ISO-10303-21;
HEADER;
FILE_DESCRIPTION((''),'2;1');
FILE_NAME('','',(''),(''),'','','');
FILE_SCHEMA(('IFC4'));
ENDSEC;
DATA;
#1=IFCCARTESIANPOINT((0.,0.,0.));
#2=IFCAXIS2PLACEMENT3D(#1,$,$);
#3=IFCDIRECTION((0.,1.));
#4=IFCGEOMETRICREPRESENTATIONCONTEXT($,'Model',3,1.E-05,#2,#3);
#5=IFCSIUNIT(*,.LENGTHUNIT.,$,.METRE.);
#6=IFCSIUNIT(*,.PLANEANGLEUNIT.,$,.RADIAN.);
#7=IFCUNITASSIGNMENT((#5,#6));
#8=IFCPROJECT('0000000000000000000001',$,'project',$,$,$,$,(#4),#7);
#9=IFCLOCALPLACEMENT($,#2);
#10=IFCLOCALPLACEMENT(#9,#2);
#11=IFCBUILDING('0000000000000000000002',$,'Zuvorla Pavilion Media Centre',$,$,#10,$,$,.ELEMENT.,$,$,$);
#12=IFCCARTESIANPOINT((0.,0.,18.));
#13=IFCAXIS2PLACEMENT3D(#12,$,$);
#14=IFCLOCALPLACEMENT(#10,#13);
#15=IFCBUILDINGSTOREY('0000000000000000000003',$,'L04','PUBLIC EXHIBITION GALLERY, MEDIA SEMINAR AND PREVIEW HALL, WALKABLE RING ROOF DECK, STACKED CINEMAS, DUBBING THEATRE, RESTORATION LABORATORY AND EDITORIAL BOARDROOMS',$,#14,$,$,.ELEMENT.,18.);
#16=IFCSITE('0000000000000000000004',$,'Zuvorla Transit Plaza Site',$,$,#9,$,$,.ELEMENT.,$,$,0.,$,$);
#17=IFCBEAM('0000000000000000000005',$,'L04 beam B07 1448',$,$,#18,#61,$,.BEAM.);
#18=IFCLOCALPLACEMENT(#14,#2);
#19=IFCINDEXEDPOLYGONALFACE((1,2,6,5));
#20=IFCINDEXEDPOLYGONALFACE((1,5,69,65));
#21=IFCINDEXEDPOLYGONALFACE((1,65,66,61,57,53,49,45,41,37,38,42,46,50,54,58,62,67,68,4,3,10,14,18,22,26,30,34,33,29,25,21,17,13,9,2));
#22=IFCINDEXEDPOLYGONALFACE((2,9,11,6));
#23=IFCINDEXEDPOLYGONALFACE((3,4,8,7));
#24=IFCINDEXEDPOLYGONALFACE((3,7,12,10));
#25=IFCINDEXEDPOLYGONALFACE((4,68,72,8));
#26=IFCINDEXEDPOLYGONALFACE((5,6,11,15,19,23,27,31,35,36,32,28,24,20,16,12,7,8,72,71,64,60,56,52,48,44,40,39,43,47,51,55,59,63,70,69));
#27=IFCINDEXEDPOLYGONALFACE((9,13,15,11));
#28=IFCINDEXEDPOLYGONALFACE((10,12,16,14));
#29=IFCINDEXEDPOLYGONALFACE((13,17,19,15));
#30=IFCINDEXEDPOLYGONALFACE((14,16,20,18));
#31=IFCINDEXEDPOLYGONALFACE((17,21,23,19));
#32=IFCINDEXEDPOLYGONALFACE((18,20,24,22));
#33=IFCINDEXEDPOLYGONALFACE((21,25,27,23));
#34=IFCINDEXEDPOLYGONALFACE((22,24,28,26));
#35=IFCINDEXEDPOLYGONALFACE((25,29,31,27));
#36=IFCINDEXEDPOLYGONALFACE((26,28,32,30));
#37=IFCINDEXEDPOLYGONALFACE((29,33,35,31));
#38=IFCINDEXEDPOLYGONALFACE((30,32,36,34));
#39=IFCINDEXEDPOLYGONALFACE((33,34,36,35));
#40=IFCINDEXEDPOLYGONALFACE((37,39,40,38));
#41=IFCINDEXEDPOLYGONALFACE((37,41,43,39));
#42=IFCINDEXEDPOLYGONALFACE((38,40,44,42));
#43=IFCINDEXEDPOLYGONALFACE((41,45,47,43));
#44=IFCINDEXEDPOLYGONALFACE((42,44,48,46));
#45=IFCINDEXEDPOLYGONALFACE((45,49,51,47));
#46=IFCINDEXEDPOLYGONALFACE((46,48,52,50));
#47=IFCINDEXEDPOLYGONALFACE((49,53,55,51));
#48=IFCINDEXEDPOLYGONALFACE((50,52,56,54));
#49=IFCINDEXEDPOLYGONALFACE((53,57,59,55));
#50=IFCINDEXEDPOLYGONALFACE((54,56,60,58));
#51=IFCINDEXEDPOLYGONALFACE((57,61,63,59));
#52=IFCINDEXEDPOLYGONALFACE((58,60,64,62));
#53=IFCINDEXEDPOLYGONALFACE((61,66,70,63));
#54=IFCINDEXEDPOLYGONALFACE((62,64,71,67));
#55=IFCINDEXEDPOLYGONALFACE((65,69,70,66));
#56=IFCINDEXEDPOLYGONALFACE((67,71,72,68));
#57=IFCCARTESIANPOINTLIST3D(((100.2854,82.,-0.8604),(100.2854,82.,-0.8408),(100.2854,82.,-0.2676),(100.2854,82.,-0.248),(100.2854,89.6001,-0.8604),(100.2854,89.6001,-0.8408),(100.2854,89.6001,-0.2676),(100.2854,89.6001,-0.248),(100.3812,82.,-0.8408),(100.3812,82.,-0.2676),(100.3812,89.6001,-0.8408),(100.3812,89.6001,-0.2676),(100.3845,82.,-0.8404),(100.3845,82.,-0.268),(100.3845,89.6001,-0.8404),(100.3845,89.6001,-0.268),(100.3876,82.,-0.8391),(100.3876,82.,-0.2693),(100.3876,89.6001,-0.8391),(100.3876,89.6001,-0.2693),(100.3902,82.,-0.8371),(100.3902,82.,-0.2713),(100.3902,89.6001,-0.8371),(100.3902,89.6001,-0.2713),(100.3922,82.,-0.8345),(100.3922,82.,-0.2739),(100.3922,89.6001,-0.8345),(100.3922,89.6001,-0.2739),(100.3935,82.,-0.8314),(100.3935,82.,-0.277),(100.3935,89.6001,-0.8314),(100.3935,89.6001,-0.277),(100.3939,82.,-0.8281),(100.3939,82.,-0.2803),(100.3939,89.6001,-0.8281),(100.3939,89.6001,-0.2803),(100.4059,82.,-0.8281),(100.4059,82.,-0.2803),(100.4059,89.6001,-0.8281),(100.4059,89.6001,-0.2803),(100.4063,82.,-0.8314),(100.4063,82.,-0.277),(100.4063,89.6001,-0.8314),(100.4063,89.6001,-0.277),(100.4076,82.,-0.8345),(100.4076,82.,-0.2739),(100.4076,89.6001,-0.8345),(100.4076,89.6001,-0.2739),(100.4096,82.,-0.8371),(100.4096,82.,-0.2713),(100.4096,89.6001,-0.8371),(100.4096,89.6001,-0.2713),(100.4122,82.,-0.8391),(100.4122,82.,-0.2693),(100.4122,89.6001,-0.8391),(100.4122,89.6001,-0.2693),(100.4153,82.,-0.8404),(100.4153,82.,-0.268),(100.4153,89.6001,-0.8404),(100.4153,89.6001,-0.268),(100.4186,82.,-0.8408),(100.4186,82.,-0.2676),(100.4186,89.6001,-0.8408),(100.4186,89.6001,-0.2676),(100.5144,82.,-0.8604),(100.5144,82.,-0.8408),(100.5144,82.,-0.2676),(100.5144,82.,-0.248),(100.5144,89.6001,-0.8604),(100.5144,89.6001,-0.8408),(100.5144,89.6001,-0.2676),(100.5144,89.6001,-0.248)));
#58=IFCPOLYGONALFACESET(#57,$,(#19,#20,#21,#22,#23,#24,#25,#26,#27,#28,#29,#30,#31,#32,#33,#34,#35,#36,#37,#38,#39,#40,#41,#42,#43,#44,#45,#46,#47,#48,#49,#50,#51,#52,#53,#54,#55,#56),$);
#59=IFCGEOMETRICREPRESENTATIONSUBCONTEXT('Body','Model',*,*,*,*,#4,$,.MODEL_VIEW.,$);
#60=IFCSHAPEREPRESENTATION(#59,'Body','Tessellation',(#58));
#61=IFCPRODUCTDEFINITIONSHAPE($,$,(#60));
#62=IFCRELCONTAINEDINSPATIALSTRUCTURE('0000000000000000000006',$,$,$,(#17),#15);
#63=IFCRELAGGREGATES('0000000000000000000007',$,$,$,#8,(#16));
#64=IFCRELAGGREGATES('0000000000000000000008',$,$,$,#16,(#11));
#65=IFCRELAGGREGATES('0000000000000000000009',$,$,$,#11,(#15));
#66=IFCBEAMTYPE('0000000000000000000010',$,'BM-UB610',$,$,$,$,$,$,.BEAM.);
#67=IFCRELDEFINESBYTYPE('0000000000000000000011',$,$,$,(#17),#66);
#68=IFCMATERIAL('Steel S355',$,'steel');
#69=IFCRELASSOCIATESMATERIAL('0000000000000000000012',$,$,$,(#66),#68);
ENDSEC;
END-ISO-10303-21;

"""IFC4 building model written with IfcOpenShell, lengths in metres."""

from ifc_helpers import new_model, si_unit, direction, frame, origin, origin_2d, place, context, subcontext, project, spatial, i_section, extrude, material, material_profile, profile_set, type_object, element, save


model = new_model("IFC4")

# Units and contexts
model_context = context("Model", 3, precision=1e-05, world=origin(), true_north=direction((0.0, 1.0)))
body_context = subcontext(model_context, "Body", "Model", "MODEL_VIEW")
ifc_project = project(units=[si_unit("LENGTHUNIT", "METRE"), si_unit("PLANEANGLEUNIT", "RADIAN")], contexts=[model_context])

# Site, building, storey
site_placement = place(None, origin())
site = spatial("IfcSite", under=ifc_project, at=site_placement, Name="Zuvorla Transit Plaza Site", CompositionType="ELEMENT", RefElevation=0.0)
building_placement = place(site_placement, origin())
building = spatial("IfcBuilding", under=site, at=building_placement, Name="Zuvorla Pavilion Media Centre", CompositionType="ELEMENT")
storey_placement = place(building_placement, frame((0.0, 0.0, 18.0)))
storey = spatial("IfcBuildingStorey", under=building, at=storey_placement, Name="L04", Description="PUBLIC EXHIBITION GALLERY, MEDIA SEMINAR AND PREVIEW HALL, WALKABLE RING ROOF DECK, STACKED CINEMAS, DUBBING THEATRE, RESTORATION LABORATORY AND EDITORIAL BOARDROOMS", CompositionType="ELEMENT", Elevation=18.0)

# Beam
ifc_material = material(Name="Steel S355", Category="steel")
ifc_material_profile_1 = material_profile(ifc_material, i_section(OverallWidth=0.229, OverallDepth=0.6123, WebThickness=0.012, FlangeThickness=0.0195, FilletRadius=0.0127, at=origin_2d()), Name="UB 610x229x125")
ifc_profile_set_1 = profile_set([ifc_material_profile_1], Name="Steel S355")
beam_type_1 = type_object("IfcBeamType", Name="BM-UB610", PredefinedType="BEAM", material=ifc_profile_set_1)
for number, where, z_axis, x_axis, name in (
    (1, (100.3999, 82.0, -0.5542), (0.0, 1.0, 0.0), (-1.0, 0.0, 0.0), "L04 beam B07 1448"),
):
    element("IfcBeam", number, at=place(storey_placement, frame(where, z_axis=z_axis, x_axis=x_axis)), inside=storey, type_object=beam_type_1, Name=name, PredefinedType="BEAM", context=body_context, shape_type="SweptSolid", body=[
        extrude(i_section(OverallWidth=0.229, OverallDepth=0.6123, WebThickness=0.012, FlangeThickness=0.0195, FilletRadius=0.0127, at=origin_2d()), origin(), (0.0, 0.0, 1.0), 7.6001),
    ])

save(model, "model.ifc")
